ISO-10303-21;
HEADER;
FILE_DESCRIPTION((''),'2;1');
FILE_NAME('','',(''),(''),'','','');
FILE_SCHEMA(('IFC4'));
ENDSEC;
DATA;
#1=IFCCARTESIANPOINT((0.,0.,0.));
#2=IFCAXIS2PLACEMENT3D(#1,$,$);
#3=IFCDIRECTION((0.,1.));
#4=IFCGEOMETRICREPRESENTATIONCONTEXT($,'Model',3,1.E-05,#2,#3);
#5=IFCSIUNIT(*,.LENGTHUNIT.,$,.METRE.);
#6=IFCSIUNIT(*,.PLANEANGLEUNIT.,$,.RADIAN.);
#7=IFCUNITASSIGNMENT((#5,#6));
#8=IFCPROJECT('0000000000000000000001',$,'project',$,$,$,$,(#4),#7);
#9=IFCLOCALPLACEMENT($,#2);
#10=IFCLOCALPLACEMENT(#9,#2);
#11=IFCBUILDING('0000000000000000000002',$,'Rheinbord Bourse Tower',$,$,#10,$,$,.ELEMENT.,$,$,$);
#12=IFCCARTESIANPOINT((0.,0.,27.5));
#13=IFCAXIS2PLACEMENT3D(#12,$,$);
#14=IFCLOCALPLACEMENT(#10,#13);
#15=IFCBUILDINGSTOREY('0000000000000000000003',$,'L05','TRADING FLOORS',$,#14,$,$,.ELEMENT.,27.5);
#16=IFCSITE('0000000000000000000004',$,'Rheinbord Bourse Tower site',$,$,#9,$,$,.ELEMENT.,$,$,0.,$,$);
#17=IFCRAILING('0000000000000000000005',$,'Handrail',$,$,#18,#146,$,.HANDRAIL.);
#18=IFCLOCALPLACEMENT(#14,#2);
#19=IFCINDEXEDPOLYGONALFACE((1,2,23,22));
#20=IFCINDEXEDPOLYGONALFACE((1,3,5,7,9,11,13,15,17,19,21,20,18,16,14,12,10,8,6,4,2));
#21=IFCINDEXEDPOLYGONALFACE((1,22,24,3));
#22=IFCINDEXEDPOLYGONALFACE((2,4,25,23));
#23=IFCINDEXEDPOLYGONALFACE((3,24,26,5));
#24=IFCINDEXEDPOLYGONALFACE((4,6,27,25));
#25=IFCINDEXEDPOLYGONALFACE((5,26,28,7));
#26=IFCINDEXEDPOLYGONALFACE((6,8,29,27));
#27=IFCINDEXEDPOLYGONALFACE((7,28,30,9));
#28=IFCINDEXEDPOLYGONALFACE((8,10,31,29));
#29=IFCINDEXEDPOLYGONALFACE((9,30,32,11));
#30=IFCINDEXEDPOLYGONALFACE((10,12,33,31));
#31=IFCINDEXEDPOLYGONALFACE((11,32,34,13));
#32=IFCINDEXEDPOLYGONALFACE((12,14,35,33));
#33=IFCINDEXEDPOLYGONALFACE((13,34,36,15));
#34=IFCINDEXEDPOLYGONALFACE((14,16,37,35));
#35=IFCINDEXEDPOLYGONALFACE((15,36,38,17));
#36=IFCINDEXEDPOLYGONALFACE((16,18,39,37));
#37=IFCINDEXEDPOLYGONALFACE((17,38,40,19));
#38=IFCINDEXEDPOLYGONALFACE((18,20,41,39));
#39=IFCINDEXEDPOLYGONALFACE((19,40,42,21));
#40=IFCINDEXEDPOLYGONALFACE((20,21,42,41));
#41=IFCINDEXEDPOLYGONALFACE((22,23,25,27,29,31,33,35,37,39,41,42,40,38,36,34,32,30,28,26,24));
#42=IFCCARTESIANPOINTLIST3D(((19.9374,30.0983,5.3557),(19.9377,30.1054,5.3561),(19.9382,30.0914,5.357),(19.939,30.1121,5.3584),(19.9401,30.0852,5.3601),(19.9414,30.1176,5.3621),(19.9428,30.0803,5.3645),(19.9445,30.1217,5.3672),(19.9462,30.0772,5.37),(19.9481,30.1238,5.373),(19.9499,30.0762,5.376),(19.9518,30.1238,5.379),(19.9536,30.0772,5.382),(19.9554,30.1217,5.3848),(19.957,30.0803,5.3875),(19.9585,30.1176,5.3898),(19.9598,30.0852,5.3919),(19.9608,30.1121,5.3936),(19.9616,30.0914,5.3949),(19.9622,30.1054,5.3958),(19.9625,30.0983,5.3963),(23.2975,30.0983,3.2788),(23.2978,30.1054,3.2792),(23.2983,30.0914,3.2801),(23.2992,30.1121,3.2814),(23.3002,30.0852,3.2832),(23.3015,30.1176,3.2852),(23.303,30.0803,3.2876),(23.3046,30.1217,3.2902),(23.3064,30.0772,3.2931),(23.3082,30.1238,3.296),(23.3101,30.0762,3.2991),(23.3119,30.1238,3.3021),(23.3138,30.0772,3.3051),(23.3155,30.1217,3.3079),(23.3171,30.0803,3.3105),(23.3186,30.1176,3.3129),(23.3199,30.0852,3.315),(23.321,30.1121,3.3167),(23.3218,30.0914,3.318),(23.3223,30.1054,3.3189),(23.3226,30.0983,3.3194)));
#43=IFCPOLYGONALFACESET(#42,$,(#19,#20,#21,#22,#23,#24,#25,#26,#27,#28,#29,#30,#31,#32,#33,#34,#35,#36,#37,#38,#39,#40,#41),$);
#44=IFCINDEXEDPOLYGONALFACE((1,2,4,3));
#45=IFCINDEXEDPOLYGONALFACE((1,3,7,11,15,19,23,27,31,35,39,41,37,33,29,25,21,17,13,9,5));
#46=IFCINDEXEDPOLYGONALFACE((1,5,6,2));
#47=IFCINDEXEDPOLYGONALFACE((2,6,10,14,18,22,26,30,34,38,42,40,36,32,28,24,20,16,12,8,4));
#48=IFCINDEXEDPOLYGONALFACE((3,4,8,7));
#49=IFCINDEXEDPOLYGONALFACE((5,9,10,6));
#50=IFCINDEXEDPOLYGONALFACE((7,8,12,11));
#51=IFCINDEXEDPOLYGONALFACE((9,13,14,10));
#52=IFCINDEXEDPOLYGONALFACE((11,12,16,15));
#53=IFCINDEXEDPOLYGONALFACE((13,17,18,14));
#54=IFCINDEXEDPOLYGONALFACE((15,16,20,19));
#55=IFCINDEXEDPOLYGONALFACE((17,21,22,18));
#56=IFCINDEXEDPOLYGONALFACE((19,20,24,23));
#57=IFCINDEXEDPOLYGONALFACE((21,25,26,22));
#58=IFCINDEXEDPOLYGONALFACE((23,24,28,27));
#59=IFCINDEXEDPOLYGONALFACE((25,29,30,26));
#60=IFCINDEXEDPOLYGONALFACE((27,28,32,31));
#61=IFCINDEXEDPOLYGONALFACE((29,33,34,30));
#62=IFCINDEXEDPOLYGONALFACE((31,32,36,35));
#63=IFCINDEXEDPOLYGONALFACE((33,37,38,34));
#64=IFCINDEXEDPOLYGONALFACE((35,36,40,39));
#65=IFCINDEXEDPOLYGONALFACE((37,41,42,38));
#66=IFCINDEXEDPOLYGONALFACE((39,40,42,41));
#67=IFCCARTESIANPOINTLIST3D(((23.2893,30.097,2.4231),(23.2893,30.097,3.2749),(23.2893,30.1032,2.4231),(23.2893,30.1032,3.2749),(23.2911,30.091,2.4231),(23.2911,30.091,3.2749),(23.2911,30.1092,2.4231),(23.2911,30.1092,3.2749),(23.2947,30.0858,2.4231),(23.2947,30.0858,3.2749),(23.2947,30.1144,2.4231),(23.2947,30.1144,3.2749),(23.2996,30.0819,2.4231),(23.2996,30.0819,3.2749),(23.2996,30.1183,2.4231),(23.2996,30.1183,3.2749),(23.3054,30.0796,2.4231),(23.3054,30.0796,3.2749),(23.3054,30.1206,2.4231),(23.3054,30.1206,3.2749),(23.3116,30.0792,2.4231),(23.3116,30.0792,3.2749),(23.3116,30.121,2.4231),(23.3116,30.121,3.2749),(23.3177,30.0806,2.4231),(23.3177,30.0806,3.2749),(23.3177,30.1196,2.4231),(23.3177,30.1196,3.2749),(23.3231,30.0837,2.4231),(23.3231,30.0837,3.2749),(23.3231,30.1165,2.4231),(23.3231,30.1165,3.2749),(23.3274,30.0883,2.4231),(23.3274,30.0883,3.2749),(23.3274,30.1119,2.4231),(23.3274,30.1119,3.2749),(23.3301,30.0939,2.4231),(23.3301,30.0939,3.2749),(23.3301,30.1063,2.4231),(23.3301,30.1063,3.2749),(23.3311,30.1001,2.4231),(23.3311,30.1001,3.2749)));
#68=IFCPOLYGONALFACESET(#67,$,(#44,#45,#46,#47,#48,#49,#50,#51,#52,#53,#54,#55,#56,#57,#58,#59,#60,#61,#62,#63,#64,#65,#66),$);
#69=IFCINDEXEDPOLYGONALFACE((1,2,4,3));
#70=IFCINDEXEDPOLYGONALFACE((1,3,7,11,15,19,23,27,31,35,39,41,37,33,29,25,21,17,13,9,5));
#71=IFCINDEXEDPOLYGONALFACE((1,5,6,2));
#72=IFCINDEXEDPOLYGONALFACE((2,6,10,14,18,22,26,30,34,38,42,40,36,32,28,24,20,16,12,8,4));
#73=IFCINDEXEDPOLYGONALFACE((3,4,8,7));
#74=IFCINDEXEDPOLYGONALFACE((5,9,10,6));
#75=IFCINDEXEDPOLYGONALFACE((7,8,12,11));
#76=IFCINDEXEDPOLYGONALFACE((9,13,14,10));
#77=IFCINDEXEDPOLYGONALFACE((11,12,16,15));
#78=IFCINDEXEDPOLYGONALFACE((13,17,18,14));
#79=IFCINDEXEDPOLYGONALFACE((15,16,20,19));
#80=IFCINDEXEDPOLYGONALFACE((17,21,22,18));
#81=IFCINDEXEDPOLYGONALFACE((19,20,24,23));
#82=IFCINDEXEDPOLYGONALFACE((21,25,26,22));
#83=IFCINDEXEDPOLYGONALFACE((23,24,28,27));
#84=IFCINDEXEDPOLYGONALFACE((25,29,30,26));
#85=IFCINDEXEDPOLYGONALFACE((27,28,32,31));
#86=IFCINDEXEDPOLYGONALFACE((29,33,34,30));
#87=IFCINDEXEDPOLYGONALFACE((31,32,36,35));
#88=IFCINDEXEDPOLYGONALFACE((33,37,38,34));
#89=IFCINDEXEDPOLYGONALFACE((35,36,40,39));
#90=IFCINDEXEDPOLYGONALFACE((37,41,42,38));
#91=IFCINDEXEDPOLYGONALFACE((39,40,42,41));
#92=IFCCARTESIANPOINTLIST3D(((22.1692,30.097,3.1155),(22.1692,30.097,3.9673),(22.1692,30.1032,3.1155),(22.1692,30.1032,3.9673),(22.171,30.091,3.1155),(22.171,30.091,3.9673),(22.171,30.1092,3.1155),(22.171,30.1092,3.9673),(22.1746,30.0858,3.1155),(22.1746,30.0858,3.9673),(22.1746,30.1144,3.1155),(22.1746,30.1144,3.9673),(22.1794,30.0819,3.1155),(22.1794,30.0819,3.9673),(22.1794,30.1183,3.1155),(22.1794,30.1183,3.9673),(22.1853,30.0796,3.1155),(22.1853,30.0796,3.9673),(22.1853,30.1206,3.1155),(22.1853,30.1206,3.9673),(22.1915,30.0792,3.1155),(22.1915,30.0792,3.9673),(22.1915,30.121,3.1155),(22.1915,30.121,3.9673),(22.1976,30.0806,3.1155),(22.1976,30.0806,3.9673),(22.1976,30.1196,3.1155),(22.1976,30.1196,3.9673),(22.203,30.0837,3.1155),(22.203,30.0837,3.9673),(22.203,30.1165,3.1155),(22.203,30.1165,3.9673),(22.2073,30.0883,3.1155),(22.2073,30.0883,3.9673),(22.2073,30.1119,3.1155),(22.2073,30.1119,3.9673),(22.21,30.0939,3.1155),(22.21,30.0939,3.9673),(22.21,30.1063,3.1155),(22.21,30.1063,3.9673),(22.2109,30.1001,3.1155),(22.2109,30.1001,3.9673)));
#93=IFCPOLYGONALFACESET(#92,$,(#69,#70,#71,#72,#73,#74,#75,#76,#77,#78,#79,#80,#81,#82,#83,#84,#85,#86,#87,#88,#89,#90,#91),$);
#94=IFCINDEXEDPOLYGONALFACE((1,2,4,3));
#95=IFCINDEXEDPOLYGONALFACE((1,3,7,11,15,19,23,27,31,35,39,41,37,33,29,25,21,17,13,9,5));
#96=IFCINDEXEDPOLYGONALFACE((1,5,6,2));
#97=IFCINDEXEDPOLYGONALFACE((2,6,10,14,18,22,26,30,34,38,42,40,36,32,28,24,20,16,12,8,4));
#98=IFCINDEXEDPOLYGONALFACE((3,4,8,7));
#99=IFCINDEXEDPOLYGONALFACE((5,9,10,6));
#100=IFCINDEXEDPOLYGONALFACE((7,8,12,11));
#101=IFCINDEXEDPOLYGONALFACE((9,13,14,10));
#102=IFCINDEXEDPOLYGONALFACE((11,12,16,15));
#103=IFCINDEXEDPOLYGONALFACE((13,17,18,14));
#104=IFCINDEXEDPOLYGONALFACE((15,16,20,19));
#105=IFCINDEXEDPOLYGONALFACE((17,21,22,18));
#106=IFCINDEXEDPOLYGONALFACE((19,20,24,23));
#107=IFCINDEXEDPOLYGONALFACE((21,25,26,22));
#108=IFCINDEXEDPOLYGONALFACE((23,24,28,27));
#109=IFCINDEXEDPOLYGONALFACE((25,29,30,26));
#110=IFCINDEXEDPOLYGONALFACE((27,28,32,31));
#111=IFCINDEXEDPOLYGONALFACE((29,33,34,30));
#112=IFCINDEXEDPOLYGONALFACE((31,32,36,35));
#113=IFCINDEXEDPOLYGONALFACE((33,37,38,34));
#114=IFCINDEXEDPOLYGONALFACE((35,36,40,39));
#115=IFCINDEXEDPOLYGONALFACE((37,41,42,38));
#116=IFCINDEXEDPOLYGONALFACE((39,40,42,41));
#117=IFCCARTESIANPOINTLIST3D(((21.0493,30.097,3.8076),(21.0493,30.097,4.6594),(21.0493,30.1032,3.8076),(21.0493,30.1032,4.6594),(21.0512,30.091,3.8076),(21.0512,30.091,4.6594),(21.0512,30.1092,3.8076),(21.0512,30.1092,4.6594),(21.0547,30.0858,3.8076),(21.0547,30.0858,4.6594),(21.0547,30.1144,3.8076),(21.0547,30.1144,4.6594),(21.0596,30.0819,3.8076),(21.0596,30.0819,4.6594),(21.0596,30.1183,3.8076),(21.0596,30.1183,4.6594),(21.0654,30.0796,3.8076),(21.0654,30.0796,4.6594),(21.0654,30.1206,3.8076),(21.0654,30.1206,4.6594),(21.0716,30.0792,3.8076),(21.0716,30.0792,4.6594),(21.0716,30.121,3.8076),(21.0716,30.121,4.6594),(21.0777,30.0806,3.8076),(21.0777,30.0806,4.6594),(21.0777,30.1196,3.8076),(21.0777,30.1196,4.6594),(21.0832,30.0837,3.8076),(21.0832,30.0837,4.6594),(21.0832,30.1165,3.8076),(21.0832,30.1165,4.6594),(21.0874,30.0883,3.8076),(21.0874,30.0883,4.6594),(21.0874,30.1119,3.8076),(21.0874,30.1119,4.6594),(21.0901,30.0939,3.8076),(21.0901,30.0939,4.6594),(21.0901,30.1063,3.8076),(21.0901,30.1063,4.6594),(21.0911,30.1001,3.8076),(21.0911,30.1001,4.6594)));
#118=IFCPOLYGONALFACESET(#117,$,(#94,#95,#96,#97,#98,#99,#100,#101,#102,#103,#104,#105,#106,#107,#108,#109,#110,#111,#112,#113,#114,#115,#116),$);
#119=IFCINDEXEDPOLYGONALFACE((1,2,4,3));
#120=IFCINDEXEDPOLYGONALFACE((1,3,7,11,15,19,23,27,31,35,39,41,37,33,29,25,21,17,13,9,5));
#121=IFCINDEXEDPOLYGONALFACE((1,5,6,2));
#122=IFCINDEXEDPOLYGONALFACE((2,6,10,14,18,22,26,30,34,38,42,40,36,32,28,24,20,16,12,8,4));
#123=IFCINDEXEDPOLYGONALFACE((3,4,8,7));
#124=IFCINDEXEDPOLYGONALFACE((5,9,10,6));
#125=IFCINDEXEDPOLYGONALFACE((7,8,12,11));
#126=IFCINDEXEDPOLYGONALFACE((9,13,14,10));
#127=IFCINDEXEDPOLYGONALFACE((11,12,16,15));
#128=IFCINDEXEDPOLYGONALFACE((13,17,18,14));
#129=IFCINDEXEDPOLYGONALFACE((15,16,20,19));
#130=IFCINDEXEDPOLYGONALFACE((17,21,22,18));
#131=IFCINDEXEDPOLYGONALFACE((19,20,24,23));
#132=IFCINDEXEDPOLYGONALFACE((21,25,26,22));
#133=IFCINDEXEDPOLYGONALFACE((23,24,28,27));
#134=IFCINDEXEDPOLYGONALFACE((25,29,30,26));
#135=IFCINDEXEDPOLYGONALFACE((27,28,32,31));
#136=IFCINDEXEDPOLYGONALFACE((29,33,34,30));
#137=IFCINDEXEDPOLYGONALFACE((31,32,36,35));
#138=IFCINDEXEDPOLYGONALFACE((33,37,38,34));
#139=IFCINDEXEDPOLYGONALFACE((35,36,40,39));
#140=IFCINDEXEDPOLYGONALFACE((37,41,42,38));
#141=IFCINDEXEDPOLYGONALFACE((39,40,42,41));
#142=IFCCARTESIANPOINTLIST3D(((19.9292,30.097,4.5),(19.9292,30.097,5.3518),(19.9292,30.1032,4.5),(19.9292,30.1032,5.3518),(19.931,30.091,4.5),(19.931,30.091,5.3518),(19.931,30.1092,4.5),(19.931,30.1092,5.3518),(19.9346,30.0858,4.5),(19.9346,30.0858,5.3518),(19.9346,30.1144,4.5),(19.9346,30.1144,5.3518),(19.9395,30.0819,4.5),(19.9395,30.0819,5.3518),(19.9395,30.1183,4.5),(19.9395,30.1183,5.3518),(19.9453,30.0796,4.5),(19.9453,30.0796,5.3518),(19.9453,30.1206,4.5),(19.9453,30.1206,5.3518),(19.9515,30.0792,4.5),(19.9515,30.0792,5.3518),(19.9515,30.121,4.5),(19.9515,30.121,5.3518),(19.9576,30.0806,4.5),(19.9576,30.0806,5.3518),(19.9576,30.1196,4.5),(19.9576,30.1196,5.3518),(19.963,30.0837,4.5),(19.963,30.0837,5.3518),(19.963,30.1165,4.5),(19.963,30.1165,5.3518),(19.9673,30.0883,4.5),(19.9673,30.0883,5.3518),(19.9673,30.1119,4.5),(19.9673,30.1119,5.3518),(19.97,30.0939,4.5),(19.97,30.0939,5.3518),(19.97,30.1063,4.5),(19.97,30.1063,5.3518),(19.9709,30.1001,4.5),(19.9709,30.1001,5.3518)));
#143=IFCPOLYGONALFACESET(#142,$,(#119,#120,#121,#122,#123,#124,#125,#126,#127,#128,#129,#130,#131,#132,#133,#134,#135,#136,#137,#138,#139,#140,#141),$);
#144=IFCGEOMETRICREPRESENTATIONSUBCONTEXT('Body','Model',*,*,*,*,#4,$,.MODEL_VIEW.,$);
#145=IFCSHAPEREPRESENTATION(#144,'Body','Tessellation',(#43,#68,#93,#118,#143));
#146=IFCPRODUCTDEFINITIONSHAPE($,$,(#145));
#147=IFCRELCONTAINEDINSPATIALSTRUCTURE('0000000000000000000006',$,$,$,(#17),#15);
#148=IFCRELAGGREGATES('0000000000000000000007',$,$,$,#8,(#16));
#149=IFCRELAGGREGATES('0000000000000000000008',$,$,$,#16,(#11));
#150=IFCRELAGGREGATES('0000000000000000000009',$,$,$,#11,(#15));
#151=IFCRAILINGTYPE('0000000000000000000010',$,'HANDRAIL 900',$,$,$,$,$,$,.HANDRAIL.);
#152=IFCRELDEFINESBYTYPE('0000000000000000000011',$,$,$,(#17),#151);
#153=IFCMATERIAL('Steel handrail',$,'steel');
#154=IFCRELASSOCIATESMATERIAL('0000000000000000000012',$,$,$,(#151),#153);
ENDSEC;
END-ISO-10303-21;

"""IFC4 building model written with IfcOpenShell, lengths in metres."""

from ifc_helpers import new_model, si_unit, direction, frame, origin, origin_2d, place, context, subcontext, project, spatial, circle, extrude, material, type_object, element, save


model = new_model("IFC4")

# Units and contexts
model_context = context("Model", 3, precision=1e-05, world=origin(), true_north=direction((0.0, 1.0)))
body_context = subcontext(model_context, "Body", "Model", "MODEL_VIEW")
ifc_project = project(units=[si_unit("LENGTHUNIT", "METRE"), si_unit("PLANEANGLEUNIT", "RADIAN")], contexts=[model_context])

# Site, building, storey
site_placement = place(None, origin())
site = spatial("IfcSite", under=ifc_project, at=site_placement, Name="Rheinbord Bourse Tower site", CompositionType="ELEMENT", RefElevation=0.0)
building_placement = place(site_placement, origin())
building = spatial("IfcBuilding", under=site, at=building_placement, Name="Rheinbord Bourse Tower", CompositionType="ELEMENT")
storey_placement = place(building_placement, frame((0.0, 0.0, 27.5)))
storey = spatial("IfcBuildingStorey", under=building, at=storey_placement, Name="L05", Description="TRADING FLOORS", CompositionType="ELEMENT", Elevation=27.5)

# Railing
ifc_material_1 = material(Name="Steel handrail", Category="steel")
railing_type = type_object("IfcRailingType", Name="HANDRAIL 900", PredefinedType="HANDRAIL", material=ifc_material_1)
railing_1_placement = place(storey_placement, frame((23.3101, 30.1001, 2.4231)))
element("IfcRailing", 1, at=railing_1_placement, inside=storey, type_object=railing_type, Name="Handrail", PredefinedType="HANDRAIL", context=body_context, shape_type="SweptSolid", body=[
    extrude(circle(Radius=0.0239, at=origin_2d()), frame((0.0, 0.0, 0.876), z_axis=(-0.850623, 0.0, 0.525776), x_axis=(0.0, -1.0, 0.0)), (0.0, 0.0, 1.0), 3.9502),
    extrude(circle(Radius=0.021, at=origin_2d()), origin(), (0.0, 0.0, 1.0), 0.8518),
    extrude(circle(Radius=0.021, at=origin_2d()), frame((-1.1201, 0.0, 0.6924)), (0.0, 0.0, 1.0), 0.8518),
    extrude(circle(Radius=0.021, at=origin_2d()), frame((-2.24, 0.0, 1.3845)), (0.0, 0.0, 1.0), 0.8518),
    extrude(circle(Radius=0.021, at=origin_2d()), frame((-3.3601, 0.0, 2.0769)), (0.0, 0.0, 1.0), 0.8518),
])

save(model, "model.ifc")
